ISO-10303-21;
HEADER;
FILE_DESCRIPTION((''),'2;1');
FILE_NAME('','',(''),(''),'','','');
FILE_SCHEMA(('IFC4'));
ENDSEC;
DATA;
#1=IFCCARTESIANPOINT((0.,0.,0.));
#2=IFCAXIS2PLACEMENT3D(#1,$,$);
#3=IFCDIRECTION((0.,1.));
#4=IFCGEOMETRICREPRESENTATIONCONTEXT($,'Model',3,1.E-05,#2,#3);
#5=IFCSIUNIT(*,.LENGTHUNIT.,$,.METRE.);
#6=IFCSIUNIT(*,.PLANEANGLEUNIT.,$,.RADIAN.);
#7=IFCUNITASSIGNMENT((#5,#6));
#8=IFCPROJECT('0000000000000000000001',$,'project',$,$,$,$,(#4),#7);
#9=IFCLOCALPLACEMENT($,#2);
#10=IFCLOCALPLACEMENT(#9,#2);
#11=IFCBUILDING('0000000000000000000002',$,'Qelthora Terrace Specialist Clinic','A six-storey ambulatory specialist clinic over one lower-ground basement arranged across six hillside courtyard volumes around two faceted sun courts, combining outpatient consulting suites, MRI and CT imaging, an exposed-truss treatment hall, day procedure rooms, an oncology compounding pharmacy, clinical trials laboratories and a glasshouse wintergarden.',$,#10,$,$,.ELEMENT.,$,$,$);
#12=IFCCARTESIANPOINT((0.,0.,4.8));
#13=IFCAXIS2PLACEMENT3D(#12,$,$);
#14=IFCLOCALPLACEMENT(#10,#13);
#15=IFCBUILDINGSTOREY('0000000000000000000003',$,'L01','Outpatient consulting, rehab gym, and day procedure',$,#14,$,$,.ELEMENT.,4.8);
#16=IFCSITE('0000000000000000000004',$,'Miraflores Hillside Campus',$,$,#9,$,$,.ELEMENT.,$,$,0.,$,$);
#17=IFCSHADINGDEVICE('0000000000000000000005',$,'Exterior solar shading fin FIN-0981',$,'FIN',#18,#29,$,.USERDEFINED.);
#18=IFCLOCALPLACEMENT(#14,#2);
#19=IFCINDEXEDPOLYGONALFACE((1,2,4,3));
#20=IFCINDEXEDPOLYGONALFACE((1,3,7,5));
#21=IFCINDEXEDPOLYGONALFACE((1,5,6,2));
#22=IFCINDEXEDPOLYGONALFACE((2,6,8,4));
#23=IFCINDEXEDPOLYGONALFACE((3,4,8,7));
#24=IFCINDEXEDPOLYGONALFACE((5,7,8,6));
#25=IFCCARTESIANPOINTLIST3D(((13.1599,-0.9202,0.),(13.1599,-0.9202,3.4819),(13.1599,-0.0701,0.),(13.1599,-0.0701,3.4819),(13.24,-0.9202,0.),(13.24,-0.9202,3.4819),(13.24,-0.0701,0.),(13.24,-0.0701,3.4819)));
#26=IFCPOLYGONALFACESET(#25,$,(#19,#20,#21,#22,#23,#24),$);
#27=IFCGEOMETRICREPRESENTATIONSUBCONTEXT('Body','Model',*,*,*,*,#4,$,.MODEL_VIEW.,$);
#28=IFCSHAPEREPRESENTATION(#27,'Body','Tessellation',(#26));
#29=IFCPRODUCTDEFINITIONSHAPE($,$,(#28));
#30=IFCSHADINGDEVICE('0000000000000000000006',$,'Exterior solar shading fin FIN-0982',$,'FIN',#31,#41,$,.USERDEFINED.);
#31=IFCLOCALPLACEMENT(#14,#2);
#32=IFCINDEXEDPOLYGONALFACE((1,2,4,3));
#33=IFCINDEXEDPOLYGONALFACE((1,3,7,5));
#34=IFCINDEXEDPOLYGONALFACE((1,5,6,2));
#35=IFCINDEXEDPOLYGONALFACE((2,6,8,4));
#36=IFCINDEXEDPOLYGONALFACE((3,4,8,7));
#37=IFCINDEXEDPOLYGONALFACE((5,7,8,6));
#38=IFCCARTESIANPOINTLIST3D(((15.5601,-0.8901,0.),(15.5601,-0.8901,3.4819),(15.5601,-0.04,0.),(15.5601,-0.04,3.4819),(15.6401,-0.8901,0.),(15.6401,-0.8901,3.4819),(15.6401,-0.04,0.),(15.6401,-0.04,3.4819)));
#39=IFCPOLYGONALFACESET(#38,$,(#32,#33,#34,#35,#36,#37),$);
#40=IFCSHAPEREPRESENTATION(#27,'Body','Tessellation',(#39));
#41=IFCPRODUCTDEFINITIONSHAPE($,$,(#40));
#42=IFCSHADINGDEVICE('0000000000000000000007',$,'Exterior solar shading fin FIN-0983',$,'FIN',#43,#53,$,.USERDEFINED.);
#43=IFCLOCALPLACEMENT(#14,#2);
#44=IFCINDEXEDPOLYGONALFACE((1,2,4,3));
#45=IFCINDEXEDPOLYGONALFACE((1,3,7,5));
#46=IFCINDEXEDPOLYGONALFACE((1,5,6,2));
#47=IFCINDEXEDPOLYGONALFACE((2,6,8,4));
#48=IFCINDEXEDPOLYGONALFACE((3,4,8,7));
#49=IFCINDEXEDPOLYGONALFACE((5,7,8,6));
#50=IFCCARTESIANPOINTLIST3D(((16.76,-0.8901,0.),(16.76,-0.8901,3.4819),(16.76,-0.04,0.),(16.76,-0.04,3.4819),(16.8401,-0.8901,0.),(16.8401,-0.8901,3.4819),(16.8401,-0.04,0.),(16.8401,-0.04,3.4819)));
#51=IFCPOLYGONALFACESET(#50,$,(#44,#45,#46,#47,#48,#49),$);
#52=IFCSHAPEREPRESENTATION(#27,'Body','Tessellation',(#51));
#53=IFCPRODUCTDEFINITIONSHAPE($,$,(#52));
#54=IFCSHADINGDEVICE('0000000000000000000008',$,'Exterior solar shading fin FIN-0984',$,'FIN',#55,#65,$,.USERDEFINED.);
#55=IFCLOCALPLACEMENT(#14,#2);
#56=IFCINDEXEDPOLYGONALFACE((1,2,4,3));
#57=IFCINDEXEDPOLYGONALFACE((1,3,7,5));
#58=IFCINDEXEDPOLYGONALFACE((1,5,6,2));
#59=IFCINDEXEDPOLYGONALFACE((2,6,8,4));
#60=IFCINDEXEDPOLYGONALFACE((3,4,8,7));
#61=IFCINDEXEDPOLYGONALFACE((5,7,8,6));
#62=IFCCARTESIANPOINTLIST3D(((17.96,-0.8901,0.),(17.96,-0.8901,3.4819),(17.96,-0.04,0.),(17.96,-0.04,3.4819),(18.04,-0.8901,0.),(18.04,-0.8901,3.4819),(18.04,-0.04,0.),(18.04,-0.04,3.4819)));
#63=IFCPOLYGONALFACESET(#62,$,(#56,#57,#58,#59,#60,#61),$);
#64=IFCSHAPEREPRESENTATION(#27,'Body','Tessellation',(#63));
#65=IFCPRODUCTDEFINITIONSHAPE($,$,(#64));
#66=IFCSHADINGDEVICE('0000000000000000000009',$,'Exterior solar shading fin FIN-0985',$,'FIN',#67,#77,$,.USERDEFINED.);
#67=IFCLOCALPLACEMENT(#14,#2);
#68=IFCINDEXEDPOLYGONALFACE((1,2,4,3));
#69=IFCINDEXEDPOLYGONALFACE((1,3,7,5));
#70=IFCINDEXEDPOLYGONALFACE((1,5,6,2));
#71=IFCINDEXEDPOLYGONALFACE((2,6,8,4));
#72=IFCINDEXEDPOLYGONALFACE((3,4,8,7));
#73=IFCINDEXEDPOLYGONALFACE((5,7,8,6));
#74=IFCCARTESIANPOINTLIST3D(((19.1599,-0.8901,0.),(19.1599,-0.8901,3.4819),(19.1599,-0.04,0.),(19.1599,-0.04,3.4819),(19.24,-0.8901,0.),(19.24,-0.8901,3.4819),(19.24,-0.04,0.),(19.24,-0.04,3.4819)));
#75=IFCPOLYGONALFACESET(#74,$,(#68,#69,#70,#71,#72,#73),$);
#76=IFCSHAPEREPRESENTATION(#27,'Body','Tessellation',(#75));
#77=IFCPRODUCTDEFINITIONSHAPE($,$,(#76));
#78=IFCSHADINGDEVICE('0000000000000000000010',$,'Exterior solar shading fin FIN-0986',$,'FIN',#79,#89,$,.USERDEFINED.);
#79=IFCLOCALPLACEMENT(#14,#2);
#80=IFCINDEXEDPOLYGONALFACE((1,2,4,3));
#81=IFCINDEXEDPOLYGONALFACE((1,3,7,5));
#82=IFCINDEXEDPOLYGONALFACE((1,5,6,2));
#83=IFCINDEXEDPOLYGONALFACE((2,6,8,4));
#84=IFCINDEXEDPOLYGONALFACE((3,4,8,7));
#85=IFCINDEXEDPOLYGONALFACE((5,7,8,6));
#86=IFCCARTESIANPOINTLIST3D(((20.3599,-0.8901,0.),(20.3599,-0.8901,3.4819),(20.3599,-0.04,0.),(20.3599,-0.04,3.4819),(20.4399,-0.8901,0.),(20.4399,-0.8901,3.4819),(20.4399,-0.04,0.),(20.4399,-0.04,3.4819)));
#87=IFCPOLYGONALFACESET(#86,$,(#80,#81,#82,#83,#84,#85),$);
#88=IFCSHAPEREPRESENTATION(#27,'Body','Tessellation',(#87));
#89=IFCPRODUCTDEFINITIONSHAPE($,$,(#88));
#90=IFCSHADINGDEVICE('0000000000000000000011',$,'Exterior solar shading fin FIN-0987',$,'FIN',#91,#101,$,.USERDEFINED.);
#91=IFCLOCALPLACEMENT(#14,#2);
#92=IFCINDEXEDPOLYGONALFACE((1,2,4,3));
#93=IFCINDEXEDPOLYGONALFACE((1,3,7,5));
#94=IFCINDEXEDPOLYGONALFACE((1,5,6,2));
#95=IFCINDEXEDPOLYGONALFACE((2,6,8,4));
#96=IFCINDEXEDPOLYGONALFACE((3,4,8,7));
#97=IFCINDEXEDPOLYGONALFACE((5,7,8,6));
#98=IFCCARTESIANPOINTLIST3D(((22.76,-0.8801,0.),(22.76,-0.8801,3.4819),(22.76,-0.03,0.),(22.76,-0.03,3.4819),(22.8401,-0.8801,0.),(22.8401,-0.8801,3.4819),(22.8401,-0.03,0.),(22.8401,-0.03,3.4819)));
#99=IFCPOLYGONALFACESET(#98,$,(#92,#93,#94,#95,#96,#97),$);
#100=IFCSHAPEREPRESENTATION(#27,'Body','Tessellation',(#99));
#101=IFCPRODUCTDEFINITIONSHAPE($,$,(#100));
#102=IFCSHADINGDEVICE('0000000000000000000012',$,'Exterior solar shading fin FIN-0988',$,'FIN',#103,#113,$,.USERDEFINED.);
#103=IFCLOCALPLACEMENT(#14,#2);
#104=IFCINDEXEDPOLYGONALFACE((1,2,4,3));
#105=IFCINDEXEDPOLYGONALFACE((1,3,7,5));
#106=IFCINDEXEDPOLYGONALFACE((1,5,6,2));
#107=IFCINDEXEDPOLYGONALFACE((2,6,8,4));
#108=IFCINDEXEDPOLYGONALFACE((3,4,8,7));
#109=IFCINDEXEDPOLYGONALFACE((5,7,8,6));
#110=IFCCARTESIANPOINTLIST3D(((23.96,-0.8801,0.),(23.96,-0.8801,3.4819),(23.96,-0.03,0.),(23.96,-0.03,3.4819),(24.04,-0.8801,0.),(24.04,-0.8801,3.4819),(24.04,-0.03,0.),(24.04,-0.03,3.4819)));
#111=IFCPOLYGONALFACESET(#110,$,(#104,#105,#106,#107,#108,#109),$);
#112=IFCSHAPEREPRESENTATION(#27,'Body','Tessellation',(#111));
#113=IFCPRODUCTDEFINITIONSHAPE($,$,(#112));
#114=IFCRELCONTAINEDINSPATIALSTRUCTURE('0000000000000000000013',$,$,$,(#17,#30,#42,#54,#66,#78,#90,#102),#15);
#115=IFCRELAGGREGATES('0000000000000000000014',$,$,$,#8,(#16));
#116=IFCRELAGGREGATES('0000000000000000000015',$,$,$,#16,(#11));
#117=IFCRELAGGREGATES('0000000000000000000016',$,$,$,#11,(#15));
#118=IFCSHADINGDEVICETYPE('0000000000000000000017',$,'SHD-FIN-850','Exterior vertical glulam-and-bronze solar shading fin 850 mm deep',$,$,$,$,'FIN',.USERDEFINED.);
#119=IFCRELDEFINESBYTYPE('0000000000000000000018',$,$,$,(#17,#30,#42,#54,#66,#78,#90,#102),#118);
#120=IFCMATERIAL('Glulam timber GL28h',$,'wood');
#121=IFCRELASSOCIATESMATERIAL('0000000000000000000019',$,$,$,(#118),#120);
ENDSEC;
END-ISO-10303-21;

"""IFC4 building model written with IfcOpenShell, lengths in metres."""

from ifc_helpers import new_model, si_unit, direction, frame, origin, origin_2d, place, context, subcontext, project, spatial, rectangle, extrude, material, type_object, element, save


model = new_model("IFC4")

# Units and contexts
model_context = context("Model", 3, precision=1e-05, world=origin(), true_north=direction((0.0, 1.0)))
body_context = subcontext(model_context, "Body", "Model", "MODEL_VIEW")
ifc_project = project(units=[si_unit("LENGTHUNIT", "METRE"), si_unit("PLANEANGLEUNIT", "RADIAN")], contexts=[model_context])

# Site, building, storey
site_placement = place(None, origin())
site = spatial("IfcSite", under=ifc_project, at=site_placement, Name="Miraflores Hillside Campus", CompositionType="ELEMENT", RefElevation=0.0)
building_placement = place(site_placement, origin())
building = spatial("IfcBuilding", under=site, at=building_placement, Name="Qelthora Terrace Specialist Clinic", Description="A six-storey ambulatory specialist clinic over one lower-ground basement arranged across six hillside courtyard volumes around two faceted sun courts, combining outpatient consulting suites, MRI and CT imaging, an exposed-truss treatment hall, day procedure rooms, an oncology compounding pharmacy, clinical trials laboratories and a glasshouse wintergarden.", CompositionType="ELEMENT")
storey_placement = place(building_placement, frame((0.0, 0.0, 4.8)))
storey = spatial("IfcBuildingStorey", under=building, at=storey_placement, Name="L01", Description="Outpatient consulting, rehab gym, and day procedure", CompositionType="ELEMENT", Elevation=4.8)

# Shading devices
ifc_material_1 = material(Name="Glulam timber GL28h", Category="wood")
shading_device_type = type_object("IfcShadingDeviceType", Name="SHD-FIN-850", Description="Exterior vertical glulam-and-bronze solar shading fin 850 mm deep", ElementType="FIN", PredefinedType="USERDEFINED", material=ifc_material_1)
for number, where, z_axis, x_axis, name in (
    (1, (13.2, -0.4951, 0.0), (0.0, 0.0, 1.0), (0.0, -1.0, 0.0), "Exterior solar shading fin FIN-0981"),
    (2, (15.6001, -0.4651, 0.0), (0.0, 0.0, 1.0), (0.0, -1.0, 0.0), "Exterior solar shading fin FIN-0982"),
    (3, (16.8, -0.4651, 0.0), (0.0, 0.0, 1.0), (0.0, -1.0, 0.0), "Exterior solar shading fin FIN-0983"),
    (4, (18.0, -0.4651, 0.0), (0.0, 0.0, 1.0), (0.0, -1.0, 0.0), "Exterior solar shading fin FIN-0984"),
    (5, (19.2, -0.4651, 0.0), (0.0, 0.0, 1.0), (0.0, -1.0, 0.0), "Exterior solar shading fin FIN-0985"),
    (6, (20.3999, -0.4651, 0.0), (0.0, 0.0, 1.0), (0.0, -1.0, 0.0), "Exterior solar shading fin FIN-0986"),
    (7, (22.8, -0.4551, 0.0), (0.0, 0.0, 1.0), (0.0, -1.0, 0.0), "Exterior solar shading fin FIN-0987"),
    (8, (24.0, -0.4551, 0.0), (0.0, 0.0, 1.0), (0.0, -1.0, 0.0), "Exterior solar shading fin FIN-0988"),
):
    element("IfcShadingDevice", number, at=place(storey_placement, frame(where, z_axis=z_axis, x_axis=x_axis)), inside=storey, type_object=shading_device_type, Name=name, ObjectType="FIN", PredefinedType="USERDEFINED", context=body_context, shape_type="SweptSolid", body=[
        extrude(rectangle(XDim=0.8501, YDim=0.0801, at=origin_2d()), origin(), (0.0, 0.0, 1.0), 3.4819),
    ])

save(model, "model.ifc")
